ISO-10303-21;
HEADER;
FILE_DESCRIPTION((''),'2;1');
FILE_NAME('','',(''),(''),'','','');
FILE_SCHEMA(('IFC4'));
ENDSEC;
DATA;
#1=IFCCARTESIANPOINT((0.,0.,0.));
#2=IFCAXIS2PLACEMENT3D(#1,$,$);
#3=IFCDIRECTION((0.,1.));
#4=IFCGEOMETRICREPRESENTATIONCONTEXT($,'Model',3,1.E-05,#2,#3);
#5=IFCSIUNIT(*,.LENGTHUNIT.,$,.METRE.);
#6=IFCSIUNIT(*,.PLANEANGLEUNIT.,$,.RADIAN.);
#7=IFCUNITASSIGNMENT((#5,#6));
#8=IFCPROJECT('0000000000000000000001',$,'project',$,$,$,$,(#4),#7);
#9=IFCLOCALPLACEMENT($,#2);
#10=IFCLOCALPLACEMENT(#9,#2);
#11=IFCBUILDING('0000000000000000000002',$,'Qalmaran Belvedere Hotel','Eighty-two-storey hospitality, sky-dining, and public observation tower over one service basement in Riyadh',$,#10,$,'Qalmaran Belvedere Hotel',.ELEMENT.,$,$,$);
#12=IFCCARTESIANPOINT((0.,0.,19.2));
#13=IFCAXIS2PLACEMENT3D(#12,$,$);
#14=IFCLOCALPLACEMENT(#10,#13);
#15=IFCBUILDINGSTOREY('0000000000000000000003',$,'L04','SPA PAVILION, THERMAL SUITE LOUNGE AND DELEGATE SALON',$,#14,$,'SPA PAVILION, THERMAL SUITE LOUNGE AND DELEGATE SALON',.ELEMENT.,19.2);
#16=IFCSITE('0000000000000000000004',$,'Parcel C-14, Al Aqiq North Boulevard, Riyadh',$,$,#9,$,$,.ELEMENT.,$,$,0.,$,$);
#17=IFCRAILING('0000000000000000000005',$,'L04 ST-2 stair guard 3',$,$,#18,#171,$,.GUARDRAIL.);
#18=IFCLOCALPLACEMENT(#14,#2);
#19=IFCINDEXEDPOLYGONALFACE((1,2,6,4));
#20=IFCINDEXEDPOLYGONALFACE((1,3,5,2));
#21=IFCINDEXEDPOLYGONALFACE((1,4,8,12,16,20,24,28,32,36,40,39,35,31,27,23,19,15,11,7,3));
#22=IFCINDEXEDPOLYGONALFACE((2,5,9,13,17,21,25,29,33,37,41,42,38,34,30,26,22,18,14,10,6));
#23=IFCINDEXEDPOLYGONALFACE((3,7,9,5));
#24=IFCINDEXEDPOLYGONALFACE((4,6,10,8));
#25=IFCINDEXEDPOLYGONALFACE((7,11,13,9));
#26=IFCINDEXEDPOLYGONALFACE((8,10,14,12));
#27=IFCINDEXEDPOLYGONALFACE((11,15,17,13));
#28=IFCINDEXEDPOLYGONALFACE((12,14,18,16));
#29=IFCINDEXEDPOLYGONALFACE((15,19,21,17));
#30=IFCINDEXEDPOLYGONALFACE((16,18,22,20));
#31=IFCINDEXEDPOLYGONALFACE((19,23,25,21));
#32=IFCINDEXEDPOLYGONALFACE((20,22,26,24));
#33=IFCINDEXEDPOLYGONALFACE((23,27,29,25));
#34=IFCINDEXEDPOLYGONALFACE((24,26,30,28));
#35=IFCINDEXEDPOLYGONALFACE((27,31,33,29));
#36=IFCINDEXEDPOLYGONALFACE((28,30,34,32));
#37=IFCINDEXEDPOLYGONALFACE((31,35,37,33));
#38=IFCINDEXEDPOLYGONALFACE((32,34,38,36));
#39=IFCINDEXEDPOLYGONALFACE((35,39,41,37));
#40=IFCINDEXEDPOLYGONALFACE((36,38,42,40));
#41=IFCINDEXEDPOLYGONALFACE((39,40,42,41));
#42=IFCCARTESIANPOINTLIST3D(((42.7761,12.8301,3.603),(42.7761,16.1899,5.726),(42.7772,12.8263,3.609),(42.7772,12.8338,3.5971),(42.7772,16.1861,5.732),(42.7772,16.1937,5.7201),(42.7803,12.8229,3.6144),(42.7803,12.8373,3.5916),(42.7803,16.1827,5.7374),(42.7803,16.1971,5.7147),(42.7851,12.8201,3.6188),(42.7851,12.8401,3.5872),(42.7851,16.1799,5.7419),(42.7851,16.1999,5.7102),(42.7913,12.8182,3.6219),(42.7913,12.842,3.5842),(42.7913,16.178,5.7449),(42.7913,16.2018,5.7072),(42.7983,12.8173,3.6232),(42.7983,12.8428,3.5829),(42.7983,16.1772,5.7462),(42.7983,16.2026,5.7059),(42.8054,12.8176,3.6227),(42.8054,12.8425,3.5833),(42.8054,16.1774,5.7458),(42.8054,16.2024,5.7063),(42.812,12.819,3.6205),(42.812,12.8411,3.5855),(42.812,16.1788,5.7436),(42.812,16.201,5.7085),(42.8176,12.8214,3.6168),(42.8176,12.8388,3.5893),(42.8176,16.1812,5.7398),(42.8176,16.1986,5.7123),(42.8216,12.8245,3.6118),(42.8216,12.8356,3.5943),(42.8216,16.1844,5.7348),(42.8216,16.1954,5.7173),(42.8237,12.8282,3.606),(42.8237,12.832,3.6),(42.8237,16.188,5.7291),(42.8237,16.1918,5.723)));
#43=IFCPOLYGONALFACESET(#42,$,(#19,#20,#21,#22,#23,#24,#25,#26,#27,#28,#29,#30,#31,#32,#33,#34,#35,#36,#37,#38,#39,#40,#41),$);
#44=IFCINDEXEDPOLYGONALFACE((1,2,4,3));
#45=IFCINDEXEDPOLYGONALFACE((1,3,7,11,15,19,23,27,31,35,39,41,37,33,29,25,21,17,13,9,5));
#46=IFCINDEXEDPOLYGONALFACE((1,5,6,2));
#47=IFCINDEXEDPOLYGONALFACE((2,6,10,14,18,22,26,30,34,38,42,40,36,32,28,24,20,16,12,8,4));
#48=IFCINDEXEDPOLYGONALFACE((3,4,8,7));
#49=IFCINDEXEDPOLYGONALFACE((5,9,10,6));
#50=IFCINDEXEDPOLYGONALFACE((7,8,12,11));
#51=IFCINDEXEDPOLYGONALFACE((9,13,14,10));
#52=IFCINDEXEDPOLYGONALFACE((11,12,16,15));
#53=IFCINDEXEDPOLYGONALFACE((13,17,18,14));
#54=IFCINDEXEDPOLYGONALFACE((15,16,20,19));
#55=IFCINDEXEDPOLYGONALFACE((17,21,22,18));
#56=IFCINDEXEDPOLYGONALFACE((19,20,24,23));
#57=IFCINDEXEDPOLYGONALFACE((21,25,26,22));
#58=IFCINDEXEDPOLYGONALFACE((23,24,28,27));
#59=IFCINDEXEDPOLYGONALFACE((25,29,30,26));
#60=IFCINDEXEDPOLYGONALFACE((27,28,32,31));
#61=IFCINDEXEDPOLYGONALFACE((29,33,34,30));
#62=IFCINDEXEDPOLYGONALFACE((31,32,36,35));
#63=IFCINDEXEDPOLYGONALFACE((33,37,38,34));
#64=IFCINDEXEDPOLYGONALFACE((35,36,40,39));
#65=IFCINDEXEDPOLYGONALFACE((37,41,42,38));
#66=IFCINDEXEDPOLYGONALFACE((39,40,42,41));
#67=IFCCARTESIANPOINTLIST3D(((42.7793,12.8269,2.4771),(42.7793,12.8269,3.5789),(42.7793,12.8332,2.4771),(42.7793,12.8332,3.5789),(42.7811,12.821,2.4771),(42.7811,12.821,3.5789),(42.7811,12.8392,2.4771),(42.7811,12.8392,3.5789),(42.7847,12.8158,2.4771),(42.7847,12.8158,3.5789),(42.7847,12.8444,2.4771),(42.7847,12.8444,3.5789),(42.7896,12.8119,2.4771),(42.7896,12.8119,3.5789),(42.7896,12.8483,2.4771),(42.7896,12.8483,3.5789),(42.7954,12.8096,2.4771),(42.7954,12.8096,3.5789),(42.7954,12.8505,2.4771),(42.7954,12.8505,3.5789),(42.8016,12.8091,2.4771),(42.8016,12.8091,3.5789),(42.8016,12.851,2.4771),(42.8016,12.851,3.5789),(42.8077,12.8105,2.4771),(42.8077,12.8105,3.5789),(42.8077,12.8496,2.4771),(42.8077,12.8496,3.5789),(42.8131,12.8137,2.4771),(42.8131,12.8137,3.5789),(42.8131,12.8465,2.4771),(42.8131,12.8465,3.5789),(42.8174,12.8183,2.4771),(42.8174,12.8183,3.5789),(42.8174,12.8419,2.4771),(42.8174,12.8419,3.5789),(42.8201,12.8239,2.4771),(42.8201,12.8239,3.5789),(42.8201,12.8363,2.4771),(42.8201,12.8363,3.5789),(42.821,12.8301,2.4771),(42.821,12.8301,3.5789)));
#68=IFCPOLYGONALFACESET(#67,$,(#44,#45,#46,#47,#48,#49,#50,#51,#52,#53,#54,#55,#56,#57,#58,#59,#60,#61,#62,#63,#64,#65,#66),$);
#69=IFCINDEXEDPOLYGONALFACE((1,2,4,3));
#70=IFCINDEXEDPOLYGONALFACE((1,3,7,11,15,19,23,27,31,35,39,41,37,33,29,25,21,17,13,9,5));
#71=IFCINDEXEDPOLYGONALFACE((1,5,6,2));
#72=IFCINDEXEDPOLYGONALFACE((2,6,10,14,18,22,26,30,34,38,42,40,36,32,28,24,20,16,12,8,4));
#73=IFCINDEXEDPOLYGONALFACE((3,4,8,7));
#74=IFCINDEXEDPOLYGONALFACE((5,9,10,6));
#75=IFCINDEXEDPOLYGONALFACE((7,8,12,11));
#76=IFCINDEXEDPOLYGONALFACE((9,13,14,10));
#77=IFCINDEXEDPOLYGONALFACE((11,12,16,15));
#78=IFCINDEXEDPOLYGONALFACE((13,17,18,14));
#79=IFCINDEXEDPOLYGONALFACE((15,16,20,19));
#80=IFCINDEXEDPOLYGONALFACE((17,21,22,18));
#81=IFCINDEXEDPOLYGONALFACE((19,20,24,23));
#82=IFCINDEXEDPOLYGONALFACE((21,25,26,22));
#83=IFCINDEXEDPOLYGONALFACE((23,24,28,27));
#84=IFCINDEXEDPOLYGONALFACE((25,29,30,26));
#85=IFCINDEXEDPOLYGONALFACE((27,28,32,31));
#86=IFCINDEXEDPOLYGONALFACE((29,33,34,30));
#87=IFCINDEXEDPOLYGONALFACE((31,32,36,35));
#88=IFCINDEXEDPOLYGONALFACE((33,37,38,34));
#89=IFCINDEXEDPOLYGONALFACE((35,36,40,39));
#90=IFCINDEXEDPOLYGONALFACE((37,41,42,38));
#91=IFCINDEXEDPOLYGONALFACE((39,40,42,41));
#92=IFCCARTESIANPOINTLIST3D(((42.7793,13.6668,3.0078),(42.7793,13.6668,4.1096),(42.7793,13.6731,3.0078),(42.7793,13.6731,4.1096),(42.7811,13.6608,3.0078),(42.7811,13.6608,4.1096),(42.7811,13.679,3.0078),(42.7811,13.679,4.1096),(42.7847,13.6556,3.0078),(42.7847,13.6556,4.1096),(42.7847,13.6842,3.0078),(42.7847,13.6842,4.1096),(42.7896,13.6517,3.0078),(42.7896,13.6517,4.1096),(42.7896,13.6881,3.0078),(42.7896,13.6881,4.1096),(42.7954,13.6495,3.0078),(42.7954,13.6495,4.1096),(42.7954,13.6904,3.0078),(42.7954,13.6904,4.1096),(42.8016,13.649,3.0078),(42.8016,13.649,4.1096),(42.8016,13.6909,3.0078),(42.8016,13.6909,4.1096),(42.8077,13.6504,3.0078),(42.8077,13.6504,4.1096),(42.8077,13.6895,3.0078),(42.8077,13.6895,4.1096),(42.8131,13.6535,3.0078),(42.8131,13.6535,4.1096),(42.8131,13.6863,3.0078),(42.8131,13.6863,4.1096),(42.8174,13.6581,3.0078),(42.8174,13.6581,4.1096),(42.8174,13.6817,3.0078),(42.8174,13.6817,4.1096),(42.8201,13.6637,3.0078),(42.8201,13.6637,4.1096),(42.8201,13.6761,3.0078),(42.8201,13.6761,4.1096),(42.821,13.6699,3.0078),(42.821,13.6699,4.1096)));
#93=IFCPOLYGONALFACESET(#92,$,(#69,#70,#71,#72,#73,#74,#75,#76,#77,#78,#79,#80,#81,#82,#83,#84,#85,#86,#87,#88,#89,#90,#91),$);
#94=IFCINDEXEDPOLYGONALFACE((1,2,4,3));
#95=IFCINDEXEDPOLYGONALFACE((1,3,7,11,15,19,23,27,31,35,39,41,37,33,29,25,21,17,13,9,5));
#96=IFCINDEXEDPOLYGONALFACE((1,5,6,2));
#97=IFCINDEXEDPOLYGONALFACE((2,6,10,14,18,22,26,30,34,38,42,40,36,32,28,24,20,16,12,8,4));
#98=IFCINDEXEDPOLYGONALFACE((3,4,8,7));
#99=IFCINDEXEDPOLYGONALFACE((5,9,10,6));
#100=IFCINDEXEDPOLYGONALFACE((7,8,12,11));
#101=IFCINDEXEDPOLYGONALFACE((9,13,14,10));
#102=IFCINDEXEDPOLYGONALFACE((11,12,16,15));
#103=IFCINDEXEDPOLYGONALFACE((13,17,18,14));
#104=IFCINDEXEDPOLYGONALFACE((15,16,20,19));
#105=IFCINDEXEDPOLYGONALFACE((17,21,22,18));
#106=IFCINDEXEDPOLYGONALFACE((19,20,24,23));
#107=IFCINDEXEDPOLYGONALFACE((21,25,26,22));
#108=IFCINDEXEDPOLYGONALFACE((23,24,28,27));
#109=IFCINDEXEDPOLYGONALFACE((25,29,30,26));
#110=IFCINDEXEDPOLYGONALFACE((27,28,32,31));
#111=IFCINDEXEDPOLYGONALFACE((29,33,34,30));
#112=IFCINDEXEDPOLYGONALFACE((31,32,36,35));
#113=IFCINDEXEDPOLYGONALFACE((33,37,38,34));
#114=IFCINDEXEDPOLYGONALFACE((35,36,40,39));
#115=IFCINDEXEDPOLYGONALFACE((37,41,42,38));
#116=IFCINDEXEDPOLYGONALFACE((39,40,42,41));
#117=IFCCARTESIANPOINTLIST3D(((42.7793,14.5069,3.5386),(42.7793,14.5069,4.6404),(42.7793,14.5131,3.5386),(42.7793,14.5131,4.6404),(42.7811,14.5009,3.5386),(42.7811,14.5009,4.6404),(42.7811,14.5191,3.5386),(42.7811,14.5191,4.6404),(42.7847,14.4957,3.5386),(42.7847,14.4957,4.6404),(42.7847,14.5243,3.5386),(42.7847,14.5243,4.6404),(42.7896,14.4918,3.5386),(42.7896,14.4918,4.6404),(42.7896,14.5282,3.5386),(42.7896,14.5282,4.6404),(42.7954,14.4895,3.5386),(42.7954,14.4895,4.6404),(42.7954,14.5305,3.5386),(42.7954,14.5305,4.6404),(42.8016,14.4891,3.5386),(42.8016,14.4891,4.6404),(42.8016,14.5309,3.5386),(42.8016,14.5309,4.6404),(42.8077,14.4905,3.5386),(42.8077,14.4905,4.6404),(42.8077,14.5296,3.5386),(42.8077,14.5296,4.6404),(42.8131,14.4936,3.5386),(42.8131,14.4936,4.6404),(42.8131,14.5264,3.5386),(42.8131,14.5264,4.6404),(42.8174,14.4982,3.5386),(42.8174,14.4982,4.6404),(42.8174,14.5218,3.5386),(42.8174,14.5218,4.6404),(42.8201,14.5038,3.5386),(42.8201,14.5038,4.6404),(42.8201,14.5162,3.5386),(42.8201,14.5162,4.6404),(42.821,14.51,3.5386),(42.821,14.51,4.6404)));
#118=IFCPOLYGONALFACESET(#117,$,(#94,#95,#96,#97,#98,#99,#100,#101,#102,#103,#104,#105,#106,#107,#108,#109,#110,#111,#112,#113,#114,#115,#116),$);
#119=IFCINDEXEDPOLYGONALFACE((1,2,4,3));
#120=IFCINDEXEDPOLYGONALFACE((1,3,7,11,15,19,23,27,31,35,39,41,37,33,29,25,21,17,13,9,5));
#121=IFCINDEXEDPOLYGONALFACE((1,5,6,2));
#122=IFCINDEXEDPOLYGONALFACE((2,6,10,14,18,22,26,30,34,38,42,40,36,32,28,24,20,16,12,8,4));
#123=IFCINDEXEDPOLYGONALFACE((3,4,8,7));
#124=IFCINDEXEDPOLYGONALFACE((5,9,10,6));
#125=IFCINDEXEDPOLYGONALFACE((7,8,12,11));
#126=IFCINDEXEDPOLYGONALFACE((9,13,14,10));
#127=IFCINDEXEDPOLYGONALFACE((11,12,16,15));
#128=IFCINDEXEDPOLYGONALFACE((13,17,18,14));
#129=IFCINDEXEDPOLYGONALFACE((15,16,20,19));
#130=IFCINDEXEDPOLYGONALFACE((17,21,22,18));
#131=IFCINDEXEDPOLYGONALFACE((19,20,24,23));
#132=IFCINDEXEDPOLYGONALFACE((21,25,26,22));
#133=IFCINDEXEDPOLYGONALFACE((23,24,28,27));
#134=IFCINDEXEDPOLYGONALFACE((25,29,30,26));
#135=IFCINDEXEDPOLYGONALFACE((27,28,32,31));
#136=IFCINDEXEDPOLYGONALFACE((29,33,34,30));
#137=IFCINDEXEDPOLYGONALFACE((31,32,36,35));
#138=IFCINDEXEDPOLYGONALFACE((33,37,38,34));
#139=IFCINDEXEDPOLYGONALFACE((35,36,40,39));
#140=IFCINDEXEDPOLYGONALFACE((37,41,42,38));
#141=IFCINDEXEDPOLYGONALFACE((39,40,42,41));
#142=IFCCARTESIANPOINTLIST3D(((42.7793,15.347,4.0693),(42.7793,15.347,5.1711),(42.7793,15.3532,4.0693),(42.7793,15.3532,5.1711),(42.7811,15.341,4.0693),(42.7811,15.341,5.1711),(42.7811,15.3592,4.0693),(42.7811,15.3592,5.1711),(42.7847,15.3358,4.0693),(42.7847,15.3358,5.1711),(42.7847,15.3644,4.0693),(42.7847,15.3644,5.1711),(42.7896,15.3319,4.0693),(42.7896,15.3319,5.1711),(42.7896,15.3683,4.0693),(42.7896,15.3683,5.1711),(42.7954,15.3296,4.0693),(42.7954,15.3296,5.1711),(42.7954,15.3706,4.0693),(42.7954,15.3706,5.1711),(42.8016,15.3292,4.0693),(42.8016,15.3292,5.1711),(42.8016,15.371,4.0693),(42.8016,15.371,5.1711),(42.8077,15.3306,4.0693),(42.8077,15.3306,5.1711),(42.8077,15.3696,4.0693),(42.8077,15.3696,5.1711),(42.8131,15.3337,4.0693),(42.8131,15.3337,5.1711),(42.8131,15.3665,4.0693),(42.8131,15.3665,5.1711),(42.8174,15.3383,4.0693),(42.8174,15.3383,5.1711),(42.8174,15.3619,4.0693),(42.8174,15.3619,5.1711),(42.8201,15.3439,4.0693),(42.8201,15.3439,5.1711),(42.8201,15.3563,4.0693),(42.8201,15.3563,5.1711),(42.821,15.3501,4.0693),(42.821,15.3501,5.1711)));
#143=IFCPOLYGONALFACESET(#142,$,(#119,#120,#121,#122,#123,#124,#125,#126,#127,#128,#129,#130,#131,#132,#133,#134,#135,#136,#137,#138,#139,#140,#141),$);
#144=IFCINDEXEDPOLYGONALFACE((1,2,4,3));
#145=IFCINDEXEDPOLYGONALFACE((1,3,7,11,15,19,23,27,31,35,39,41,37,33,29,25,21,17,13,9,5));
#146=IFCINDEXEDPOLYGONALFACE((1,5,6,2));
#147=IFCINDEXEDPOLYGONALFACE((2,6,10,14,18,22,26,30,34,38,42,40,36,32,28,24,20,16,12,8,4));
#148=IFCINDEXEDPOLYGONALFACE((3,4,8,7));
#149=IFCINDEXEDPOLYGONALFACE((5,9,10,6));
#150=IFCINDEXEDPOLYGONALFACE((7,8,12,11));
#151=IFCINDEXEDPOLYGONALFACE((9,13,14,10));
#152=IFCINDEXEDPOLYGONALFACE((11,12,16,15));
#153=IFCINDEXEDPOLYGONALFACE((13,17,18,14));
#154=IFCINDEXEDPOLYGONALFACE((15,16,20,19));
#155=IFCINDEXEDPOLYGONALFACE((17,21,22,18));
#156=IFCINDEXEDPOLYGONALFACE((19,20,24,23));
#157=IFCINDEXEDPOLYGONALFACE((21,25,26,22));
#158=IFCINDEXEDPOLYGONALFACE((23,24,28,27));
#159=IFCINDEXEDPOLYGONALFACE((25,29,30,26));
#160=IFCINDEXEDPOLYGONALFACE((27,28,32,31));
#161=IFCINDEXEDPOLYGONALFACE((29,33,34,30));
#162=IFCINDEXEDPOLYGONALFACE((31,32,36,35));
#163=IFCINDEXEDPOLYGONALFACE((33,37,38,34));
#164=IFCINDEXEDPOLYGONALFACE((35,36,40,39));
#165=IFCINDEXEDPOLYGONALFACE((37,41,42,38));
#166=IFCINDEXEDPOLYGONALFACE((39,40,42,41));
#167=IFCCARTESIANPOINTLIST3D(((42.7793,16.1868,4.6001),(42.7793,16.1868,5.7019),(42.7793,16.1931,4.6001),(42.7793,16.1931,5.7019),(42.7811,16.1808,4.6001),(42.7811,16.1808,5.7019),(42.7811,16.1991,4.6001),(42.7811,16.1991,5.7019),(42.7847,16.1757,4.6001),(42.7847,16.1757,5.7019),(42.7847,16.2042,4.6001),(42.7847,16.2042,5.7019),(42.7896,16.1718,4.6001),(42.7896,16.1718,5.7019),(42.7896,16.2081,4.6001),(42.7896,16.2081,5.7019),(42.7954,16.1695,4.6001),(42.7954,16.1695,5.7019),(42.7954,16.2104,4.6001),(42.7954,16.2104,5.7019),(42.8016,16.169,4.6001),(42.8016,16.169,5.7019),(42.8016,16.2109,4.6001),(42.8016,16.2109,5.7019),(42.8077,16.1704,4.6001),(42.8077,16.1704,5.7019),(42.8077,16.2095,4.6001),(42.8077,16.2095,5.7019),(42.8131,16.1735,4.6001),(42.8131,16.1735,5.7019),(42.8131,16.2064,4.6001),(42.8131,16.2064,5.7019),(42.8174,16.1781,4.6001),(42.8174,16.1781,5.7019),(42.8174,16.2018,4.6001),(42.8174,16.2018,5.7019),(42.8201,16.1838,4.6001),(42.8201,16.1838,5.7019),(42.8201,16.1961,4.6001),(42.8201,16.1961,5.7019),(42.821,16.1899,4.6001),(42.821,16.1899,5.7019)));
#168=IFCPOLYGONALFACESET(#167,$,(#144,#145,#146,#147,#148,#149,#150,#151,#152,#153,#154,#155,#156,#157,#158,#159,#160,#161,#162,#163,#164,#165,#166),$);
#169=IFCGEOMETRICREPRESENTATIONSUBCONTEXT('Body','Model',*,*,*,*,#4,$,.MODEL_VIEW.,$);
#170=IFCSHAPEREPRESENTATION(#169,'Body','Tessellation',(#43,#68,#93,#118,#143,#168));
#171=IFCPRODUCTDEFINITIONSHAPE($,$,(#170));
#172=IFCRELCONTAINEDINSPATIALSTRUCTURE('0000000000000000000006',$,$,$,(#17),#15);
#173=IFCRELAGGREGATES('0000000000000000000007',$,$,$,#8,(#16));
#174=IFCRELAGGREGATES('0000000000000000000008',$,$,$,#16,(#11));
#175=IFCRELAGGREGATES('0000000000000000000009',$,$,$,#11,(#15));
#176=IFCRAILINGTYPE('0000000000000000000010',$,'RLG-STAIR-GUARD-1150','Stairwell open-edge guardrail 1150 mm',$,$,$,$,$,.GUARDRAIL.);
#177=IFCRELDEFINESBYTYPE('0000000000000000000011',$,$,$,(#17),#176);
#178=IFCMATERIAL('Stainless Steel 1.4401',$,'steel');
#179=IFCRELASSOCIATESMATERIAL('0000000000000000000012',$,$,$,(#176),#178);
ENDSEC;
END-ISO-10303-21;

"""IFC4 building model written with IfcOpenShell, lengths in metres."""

from ifc_helpers import new_model, si_unit, direction, frame, origin, origin_2d, place, context, subcontext, project, spatial, circle, extrude, material, type_object, element, save


model = new_model("IFC4")

# Units and contexts
model_context = context("Model", 3, precision=1e-05, world=origin(), true_north=direction((0.0, 1.0)))
body_context = subcontext(model_context, "Body", "Model", "MODEL_VIEW")
ifc_project = project(units=[si_unit("LENGTHUNIT", "METRE"), si_unit("PLANEANGLEUNIT", "RADIAN")], contexts=[model_context])

# Site, building, storey
site_placement = place(None, origin())
site = spatial("IfcSite", under=ifc_project, at=site_placement, Name="Parcel C-14, Al Aqiq North Boulevard, Riyadh", CompositionType="ELEMENT", RefElevation=0.0)
building_placement = place(site_placement, origin())
building = spatial("IfcBuilding", under=site, at=building_placement, Name="Qalmaran Belvedere Hotel", Description="Eighty-two-storey hospitality, sky-dining, and public observation tower over one service basement in Riyadh", LongName="Qalmaran Belvedere Hotel", CompositionType="ELEMENT")
storey_placement = place(building_placement, frame((0.0, 0.0, 19.2)))
storey = spatial("IfcBuildingStorey", under=building, at=storey_placement, Name="L04", Description="SPA PAVILION, THERMAL SUITE LOUNGE AND DELEGATE SALON", LongName="SPA PAVILION, THERMAL SUITE LOUNGE AND DELEGATE SALON", CompositionType="ELEMENT", Elevation=19.2)

# Railing
ifc_material_1 = material(Name="Stainless Steel 1.4401", Category="steel")
railing_type_1 = type_object("IfcRailingType", Name="RLG-STAIR-GUARD-1150", Description="Stairwell open-edge guardrail 1150 mm", PredefinedType="GUARDRAIL", material=ifc_material_1)
railing_1_placement = place(storey_placement, frame((42.8, 12.8301, 2.4771)))
element("IfcRailing", 1, at=railing_1_placement, inside=storey, type_object=railing_type_1, Name="L04 ST-2 stair guard 3", PredefinedType="GUARDRAIL", context=body_context, shape_type="SweptSolid", body=[
    extrude(circle(Radius=0.0239, at=origin_2d()), frame((0.0, 0.0, 1.126), z_axis=(0.0, 0.845372, 0.534178), x_axis=(-1.0, 0.0, 0.0)), (0.0, 0.0, 1.0), 3.9744),
    extrude(circle(Radius=0.021, at=origin_2d()), origin(), (0.0, 0.0, 1.0), 1.1018),
    extrude(circle(Radius=0.021, at=origin_2d()), frame((0.0, 0.8398, 0.5308)), (0.0, 0.0, 1.0), 1.1018),
    extrude(circle(Radius=0.021, at=origin_2d()), frame((0.0, 1.6799, 1.0615)), (0.0, 0.0, 1.0), 1.1018),
    extrude(circle(Radius=0.021, at=origin_2d()), frame((0.0, 2.52, 1.5923)), (0.0, 0.0, 1.0), 1.1018),
    extrude(circle(Radius=0.021, at=origin_2d()), frame((0.0, 3.3599, 2.123)), (0.0, 0.0, 1.0), 1.1018),
])

save(model, "model.ifc")
